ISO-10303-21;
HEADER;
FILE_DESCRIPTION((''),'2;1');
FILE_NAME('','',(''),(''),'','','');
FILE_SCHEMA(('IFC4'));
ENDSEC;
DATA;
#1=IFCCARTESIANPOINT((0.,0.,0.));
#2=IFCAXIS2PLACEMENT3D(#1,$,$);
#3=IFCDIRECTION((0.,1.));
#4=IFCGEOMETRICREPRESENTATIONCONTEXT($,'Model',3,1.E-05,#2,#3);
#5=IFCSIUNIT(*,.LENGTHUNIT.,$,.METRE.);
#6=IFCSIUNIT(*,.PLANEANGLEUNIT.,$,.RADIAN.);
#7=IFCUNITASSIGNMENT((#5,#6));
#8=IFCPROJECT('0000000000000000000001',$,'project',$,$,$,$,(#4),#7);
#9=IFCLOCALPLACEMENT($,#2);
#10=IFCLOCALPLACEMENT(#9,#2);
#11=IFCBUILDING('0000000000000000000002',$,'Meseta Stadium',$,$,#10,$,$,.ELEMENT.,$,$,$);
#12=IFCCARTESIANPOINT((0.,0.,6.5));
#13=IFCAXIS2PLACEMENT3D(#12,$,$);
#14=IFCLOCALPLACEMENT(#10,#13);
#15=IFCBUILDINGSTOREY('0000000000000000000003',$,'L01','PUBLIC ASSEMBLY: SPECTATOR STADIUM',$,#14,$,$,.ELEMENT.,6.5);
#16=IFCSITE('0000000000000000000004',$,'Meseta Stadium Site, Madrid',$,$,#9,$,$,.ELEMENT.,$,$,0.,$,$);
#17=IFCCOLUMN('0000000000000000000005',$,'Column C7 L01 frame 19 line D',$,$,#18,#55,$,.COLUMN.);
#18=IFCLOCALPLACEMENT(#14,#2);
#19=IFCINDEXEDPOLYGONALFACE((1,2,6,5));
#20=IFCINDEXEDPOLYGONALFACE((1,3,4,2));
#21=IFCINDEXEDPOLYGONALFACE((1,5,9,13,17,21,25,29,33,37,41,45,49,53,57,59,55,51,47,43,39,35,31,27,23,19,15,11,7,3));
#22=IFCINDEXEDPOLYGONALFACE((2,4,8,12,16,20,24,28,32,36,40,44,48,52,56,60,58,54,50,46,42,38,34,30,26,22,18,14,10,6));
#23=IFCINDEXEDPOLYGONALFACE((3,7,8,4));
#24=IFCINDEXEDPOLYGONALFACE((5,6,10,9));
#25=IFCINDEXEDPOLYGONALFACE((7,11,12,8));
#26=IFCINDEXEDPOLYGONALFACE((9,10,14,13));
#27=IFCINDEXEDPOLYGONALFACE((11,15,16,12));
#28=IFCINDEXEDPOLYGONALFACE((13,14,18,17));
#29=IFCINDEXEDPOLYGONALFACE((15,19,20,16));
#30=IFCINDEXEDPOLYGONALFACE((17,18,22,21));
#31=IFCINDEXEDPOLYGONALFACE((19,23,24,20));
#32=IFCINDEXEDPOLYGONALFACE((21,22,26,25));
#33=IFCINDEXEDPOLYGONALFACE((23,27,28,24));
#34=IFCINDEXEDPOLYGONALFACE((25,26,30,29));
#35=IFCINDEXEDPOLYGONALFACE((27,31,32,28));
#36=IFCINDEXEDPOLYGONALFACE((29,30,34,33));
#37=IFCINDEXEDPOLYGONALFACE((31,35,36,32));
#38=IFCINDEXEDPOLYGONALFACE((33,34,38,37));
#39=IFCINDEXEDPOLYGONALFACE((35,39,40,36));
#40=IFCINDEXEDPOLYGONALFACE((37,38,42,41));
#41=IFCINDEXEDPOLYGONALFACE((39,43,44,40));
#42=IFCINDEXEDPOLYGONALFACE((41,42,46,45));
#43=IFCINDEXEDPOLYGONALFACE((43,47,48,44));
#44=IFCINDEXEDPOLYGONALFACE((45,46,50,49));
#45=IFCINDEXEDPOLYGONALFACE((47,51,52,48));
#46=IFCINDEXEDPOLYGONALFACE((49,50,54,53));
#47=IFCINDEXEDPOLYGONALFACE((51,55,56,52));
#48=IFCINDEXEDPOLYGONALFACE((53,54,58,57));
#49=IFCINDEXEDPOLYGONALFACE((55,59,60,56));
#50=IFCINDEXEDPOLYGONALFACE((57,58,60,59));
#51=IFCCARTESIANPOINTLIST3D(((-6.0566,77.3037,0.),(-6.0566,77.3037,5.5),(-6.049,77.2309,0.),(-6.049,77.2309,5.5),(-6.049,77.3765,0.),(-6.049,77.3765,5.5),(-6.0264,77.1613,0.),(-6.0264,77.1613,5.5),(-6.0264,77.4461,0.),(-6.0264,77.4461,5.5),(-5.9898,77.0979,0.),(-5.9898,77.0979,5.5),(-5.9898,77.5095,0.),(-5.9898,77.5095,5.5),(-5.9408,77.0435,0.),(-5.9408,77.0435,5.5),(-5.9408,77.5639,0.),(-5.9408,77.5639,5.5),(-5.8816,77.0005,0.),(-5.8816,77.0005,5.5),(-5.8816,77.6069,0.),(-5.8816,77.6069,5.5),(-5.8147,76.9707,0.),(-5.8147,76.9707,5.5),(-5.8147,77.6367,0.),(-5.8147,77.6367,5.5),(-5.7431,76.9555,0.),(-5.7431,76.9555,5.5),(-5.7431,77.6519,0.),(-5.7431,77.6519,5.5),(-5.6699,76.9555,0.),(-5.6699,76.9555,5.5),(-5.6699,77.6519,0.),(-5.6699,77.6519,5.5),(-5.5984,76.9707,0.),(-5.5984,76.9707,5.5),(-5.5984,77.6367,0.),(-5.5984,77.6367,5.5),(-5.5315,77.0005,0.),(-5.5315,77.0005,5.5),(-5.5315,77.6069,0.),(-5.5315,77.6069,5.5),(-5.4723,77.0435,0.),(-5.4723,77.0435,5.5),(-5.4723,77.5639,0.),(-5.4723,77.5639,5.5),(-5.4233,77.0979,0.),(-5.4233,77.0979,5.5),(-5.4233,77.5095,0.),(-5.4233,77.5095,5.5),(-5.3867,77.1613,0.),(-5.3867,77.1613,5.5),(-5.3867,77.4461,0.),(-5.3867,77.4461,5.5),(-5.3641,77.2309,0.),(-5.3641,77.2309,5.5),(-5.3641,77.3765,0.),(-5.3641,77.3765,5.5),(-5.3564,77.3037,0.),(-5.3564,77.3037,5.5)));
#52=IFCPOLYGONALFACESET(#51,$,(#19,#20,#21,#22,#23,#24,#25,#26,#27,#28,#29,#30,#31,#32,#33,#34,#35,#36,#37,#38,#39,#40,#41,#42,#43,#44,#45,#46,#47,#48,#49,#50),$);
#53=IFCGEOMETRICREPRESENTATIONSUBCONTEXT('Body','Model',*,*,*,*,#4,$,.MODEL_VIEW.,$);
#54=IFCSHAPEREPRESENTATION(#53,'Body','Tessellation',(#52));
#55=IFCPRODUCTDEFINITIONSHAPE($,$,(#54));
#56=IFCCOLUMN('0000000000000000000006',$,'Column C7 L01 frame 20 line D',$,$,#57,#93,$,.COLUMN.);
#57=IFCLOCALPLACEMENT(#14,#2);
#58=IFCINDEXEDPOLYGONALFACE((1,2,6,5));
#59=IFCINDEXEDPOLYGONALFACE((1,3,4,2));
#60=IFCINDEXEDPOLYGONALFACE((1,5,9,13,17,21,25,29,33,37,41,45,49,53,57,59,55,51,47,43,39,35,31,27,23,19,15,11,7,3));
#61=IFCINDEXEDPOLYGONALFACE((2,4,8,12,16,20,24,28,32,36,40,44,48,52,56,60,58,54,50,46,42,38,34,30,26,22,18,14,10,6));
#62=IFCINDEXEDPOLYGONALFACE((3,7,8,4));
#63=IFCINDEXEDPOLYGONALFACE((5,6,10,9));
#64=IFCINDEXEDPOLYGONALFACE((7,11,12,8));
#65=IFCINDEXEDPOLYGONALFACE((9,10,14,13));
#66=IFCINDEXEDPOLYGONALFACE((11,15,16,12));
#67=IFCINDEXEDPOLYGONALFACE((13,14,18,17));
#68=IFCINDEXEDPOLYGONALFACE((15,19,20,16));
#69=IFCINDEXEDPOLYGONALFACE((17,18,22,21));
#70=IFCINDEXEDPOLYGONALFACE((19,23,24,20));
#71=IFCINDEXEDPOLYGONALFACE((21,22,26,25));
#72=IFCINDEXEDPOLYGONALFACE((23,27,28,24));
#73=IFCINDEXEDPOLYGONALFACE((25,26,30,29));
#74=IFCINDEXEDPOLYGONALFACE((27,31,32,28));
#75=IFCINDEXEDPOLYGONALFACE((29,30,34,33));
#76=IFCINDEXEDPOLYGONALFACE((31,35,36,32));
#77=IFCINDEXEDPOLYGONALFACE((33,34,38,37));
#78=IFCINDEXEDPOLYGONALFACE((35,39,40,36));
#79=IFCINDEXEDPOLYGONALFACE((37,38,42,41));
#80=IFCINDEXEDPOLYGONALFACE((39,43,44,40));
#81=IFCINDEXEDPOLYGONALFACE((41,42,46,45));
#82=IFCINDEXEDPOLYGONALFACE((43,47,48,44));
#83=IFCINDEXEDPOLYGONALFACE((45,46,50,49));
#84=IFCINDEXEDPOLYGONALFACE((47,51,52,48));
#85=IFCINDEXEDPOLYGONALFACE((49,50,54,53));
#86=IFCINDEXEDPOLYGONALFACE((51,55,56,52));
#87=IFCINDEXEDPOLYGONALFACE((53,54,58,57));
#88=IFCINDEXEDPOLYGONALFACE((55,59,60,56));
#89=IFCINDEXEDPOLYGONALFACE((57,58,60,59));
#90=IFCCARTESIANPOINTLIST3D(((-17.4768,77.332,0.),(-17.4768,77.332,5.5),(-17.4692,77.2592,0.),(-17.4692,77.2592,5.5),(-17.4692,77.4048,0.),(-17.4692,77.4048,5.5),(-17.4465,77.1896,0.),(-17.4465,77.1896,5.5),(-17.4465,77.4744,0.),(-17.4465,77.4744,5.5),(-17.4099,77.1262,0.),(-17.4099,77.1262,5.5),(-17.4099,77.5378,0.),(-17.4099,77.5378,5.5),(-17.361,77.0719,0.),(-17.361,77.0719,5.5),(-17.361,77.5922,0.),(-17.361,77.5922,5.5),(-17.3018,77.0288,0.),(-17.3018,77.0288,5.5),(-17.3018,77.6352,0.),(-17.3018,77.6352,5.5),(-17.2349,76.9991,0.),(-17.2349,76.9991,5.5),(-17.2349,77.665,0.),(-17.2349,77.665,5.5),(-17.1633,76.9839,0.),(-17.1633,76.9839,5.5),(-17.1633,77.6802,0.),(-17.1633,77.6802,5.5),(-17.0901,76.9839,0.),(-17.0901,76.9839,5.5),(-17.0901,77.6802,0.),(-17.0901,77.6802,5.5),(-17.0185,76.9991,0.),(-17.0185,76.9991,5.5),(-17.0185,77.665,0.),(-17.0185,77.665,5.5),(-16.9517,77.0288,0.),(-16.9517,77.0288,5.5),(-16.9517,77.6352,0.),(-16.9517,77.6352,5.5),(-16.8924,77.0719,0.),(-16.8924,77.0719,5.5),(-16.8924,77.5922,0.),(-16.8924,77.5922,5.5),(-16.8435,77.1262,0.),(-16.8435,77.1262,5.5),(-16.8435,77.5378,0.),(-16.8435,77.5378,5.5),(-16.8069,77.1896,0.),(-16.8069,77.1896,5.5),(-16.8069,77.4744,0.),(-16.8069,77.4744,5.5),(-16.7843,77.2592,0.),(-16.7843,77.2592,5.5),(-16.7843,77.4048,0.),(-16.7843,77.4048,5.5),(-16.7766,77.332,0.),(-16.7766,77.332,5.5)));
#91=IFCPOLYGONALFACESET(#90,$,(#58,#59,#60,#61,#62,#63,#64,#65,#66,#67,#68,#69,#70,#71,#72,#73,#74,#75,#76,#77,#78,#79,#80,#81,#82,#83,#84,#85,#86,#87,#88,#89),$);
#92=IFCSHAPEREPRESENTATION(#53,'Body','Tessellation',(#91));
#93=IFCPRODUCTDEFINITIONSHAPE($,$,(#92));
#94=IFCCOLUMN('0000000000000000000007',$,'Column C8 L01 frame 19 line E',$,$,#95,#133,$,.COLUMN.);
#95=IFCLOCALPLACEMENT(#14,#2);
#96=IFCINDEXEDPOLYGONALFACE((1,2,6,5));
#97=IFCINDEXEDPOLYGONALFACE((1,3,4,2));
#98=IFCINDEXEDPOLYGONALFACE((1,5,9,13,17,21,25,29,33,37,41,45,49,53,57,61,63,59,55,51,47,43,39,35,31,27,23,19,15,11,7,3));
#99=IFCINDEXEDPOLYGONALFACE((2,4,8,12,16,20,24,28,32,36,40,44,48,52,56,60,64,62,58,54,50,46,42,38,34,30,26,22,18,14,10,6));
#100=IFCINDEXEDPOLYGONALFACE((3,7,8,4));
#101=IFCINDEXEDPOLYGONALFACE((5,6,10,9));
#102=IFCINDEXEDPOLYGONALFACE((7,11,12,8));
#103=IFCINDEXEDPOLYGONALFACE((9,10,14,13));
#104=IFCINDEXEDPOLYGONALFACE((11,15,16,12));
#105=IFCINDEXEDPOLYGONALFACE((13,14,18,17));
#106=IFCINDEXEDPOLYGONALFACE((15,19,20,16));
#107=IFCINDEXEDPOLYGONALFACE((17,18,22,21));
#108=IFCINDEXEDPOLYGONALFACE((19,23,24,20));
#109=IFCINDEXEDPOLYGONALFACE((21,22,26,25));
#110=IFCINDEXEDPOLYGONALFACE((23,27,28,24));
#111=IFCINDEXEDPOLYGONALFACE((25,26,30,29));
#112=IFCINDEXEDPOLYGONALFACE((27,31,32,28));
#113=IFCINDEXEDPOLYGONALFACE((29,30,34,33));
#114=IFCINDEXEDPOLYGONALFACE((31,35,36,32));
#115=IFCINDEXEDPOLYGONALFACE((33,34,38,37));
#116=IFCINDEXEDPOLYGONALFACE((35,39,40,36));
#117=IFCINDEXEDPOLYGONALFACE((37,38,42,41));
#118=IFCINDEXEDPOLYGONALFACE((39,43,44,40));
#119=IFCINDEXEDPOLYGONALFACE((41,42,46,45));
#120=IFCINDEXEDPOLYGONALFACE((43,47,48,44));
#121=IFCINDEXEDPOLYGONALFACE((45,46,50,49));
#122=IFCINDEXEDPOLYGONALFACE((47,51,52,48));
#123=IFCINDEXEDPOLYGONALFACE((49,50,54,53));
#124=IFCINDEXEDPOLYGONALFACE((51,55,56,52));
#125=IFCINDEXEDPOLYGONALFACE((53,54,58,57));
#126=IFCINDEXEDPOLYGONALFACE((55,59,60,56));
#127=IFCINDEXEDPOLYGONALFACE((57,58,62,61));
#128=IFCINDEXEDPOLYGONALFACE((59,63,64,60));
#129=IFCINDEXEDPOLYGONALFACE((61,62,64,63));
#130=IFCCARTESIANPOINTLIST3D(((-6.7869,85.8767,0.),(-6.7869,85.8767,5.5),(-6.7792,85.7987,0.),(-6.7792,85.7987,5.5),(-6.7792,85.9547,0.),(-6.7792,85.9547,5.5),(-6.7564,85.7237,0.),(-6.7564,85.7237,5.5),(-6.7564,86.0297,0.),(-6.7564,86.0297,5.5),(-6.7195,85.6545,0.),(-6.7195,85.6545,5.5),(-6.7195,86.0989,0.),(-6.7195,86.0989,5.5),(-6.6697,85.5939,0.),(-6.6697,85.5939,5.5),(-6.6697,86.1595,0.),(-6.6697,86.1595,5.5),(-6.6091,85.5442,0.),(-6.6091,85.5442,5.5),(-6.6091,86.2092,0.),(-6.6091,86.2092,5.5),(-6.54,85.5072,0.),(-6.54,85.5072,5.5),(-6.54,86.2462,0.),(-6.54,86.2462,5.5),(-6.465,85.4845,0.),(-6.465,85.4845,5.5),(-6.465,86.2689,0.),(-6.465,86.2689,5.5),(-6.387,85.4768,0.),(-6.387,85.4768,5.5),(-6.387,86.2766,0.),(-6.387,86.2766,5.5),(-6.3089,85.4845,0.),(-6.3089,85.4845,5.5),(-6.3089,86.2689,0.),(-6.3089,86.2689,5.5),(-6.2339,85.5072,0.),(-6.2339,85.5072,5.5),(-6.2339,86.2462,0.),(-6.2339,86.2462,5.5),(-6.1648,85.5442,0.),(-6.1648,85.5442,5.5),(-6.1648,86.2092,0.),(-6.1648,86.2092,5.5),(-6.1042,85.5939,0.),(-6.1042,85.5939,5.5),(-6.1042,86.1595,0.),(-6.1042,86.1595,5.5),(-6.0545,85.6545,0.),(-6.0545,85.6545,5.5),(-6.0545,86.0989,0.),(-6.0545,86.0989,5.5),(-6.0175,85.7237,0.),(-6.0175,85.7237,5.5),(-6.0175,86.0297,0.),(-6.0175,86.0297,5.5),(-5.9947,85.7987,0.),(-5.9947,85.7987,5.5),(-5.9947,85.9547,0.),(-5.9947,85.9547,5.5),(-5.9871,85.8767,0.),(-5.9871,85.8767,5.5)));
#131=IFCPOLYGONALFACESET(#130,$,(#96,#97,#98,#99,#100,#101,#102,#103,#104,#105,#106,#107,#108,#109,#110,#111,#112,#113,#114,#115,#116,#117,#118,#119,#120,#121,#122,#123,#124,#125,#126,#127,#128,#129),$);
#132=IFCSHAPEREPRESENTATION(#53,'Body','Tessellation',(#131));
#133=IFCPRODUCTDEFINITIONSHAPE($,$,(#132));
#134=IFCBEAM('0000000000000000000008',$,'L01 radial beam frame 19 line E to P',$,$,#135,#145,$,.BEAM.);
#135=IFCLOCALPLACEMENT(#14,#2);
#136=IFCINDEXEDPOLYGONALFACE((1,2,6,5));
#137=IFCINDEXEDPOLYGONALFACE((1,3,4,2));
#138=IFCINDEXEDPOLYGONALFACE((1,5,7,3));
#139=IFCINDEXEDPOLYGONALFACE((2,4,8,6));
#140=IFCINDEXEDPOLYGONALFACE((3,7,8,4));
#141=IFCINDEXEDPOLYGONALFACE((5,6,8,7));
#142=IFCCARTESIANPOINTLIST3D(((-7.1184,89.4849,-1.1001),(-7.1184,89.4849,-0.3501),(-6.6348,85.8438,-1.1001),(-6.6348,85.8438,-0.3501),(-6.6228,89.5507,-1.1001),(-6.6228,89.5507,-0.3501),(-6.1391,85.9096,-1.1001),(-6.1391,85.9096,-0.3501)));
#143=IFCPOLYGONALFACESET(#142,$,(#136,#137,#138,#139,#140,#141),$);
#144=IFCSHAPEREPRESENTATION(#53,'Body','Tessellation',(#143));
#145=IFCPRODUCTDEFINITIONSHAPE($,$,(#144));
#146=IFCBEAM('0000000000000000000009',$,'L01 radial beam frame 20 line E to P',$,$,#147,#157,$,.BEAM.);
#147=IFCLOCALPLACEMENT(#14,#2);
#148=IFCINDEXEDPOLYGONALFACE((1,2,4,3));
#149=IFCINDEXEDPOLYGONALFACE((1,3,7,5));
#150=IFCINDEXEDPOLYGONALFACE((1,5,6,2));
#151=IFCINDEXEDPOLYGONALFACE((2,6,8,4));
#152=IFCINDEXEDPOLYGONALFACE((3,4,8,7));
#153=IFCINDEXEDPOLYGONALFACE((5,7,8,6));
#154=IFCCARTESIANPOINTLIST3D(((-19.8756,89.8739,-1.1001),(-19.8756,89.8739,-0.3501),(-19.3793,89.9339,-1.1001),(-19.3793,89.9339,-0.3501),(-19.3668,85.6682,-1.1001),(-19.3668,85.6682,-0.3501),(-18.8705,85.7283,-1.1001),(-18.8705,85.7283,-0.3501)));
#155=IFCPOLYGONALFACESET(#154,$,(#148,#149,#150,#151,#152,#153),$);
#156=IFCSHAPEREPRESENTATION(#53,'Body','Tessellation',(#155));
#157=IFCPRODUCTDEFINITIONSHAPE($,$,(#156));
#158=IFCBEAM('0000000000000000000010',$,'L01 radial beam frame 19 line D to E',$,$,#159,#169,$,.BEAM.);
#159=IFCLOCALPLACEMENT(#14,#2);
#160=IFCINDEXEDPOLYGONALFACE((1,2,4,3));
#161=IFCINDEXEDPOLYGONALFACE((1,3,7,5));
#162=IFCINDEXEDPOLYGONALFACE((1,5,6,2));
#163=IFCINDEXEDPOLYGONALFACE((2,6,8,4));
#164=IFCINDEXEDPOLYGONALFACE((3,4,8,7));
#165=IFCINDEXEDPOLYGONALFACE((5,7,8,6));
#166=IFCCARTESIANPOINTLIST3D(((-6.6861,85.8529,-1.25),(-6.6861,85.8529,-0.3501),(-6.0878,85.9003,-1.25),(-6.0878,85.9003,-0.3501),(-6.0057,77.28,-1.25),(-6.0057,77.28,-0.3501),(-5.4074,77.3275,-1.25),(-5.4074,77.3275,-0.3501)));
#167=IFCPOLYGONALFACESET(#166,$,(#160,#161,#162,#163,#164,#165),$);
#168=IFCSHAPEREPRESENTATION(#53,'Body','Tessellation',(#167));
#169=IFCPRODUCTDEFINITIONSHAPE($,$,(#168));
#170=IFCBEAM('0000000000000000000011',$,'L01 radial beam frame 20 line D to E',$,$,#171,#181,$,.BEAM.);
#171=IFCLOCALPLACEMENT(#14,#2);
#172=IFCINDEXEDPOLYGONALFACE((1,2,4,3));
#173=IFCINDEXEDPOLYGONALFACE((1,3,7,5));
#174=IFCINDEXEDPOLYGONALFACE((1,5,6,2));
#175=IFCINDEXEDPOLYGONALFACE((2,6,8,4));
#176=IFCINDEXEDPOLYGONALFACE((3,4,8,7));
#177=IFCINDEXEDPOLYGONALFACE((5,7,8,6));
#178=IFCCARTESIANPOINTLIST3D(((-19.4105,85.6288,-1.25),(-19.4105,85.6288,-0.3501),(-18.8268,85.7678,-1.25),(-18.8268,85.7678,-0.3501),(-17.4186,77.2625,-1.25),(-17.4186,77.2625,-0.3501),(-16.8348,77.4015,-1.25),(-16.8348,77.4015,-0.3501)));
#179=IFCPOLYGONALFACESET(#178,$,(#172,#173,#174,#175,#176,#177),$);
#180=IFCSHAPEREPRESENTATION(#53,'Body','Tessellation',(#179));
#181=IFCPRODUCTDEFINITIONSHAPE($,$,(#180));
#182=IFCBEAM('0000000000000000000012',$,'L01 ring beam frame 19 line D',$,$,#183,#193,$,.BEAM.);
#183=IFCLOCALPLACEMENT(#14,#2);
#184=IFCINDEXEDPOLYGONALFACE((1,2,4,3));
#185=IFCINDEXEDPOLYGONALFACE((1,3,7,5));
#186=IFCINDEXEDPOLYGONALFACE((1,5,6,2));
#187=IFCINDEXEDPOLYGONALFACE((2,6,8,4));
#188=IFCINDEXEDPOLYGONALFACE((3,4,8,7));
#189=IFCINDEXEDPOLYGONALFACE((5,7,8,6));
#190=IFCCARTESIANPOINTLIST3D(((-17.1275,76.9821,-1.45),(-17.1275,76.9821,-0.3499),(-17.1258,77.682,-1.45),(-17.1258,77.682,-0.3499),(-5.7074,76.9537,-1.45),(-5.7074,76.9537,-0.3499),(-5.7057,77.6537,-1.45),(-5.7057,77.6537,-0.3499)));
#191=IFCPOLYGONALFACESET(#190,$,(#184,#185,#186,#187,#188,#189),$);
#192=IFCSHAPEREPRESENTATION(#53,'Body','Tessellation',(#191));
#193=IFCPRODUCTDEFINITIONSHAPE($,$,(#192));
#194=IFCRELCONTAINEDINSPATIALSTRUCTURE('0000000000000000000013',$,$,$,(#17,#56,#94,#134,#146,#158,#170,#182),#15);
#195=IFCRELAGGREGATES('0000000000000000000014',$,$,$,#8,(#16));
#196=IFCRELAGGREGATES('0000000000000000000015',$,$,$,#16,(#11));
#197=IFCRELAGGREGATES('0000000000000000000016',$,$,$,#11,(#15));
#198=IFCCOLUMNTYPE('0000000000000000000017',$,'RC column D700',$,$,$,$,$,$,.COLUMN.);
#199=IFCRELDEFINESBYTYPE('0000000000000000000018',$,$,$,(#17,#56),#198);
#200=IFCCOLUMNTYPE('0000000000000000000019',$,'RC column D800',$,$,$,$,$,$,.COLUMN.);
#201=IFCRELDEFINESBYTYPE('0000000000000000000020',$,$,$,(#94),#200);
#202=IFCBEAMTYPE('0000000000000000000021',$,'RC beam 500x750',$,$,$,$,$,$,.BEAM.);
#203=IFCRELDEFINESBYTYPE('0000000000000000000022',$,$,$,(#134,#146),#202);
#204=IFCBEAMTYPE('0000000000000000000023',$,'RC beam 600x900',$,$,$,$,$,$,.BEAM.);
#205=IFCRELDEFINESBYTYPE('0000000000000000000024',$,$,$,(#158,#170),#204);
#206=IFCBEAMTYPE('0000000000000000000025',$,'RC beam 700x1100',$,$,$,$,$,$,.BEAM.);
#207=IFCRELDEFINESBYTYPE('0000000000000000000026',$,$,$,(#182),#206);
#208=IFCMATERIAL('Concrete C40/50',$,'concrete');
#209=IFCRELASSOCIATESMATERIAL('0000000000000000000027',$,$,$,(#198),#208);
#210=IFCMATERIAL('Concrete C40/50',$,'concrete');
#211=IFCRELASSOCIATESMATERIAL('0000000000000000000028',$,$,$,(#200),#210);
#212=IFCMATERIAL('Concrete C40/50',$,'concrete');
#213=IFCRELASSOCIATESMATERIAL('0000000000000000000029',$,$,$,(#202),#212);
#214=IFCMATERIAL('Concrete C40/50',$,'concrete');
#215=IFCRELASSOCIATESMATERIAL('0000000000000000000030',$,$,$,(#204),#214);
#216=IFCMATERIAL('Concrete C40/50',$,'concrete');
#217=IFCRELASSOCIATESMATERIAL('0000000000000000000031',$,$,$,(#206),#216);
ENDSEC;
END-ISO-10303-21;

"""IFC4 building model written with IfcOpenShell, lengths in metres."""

from ifc_helpers import new_model, si_unit, direction, frame, origin, origin_2d, place, context, subcontext, project, spatial, rectangle, circle, extrude, material, material_profile, profile_set, type_object, element, save


model = new_model("IFC4")

# Units and contexts
model_context = context("Model", 3, precision=1e-05, world=origin(), true_north=direction((0.0, 1.0)))
body_context = subcontext(model_context, "Body", "Model", "MODEL_VIEW")
ifc_project = project(units=[si_unit("LENGTHUNIT", "METRE"), si_unit("PLANEANGLEUNIT", "RADIAN")], contexts=[model_context])

# Site, building, storey
site_placement = place(None, origin())
site = spatial("IfcSite", under=ifc_project, at=site_placement, Name="Meseta Stadium Site, Madrid", CompositionType="ELEMENT", RefElevation=0.0)
building_placement = place(site_placement, origin())
building = spatial("IfcBuilding", under=site, at=building_placement, Name="Meseta Stadium", CompositionType="ELEMENT")
storey_placement = place(building_placement, frame((0.0, 0.0, 6.5)))
storey = spatial("IfcBuildingStorey", under=building, at=storey_placement, Name="L01", Description="PUBLIC ASSEMBLY: SPECTATOR STADIUM", CompositionType="ELEMENT", Elevation=6.5)

# Columns
ifc_material_1 = material(Name="Concrete C40/50", Category="concrete")
ifc_material_profile_1 = material_profile(ifc_material_1, circle(Radius=0.3501, at=origin_2d()), Name="RC D700")
ifc_profile_set_1 = profile_set([ifc_material_profile_1], Name="Concrete C40/50")
column_type_1 = type_object("IfcColumnType", Name="RC column D700", PredefinedType="COLUMN", material=ifc_profile_set_1)
for number, where, z_axis, x_axis, name in (
    (1, (-5.7065, 77.3037, 0.0), (0.0, 0.0, 1.0), (1.0, 0.0, 0.0), "Column C7 L01 frame 19 line D"),
    (2, (-17.1267, 77.332, 0.0), (0.0, 0.0, 1.0), (1.0, 0.0, 0.0), "Column C7 L01 frame 20 line D"),
):
    element("IfcColumn", number, at=place(storey_placement, frame(where, z_axis=z_axis, x_axis=x_axis)), inside=storey, type_object=column_type_1, Name=name, PredefinedType="COLUMN", context=body_context, shape_type="SweptSolid", body=[
        extrude(circle(Radius=0.3501, at=origin_2d()), origin(), (0.0, 0.0, 1.0), 5.5),
    ])
ifc_material_2 = material(Name="Concrete C40/50", Category="concrete")
ifc_material_profile_2 = material_profile(ifc_material_2, circle(Radius=0.3999, at=origin_2d()), Name="RC D800")
ifc_profile_set_2 = profile_set([ifc_material_profile_2], Name="Concrete C40/50")
column_type_2 = type_object("IfcColumnType", Name="RC column D800", PredefinedType="COLUMN", material=ifc_profile_set_2)
column_placement = place(storey_placement, frame((-6.387, 85.8767, 0.0), z_axis=(0.0, 0.0, 1.0), x_axis=(1.0, 0.0, 0.0)))
element("IfcColumn", 3, at=column_placement, inside=storey, type_object=column_type_2, Name="Column C8 L01 frame 19 line E", PredefinedType="COLUMN", context=body_context, shape_type="SweptSolid", body=[
    extrude(circle(Radius=0.3999, at=origin_2d()), origin(), (0.0, 0.0, 1.0), 5.5),
])

# Beams
ifc_material_3 = material(Name="Concrete C40/50", Category="concrete")
ifc_material_profile_3 = material_profile(ifc_material_3, rectangle(XDim=0.5, YDim=0.75, at=origin_2d()), Name="RC 500x750")
ifc_profile_set_3 = profile_set([ifc_material_profile_3], Name="Concrete C40/50")
beam_type_1 = type_object("IfcBeamType", Name="RC beam 500x750", PredefinedType="BEAM", material=ifc_profile_set_3)
beam_1_placement = place(storey_placement, frame((-6.387, 85.8767, -0.7251), z_axis=(-0.131672, 0.991293, 0.0), x_axis=(-0.991293, -0.131672, 0.0)))
element("IfcBeam", 4, at=beam_1_placement, inside=storey, type_object=beam_type_1, Name="L01 radial beam frame 19 line E to P", PredefinedType="BEAM", context=body_context, shape_type="SweptSolid", body=[
    extrude(rectangle(XDim=0.5, YDim=0.75, at=origin_2d()), origin(), (0.0, 0.0, 1.0), 3.6731),
])
beam_2_placement = place(storey_placement, frame((-19.1187, 85.6982, -0.7251), z_axis=(-0.120104, 0.992761, 0.0), x_axis=(-0.992761, -0.120104, 0.0)))
element("IfcBeam", 5, at=beam_2_placement, inside=storey, type_object=beam_type_1, Name="L01 radial beam frame 20 line E to P", PredefinedType="BEAM", context=body_context, shape_type="SweptSolid", body=[
    extrude(rectangle(XDim=0.5, YDim=0.75, at=origin_2d()), origin(), (0.0, 0.0, 1.0), 4.2363),
])
ifc_material_4 = material(Name="Concrete C40/50", Category="concrete")
ifc_material_profile_4 = material_profile(ifc_material_4, rectangle(XDim=0.6001, YDim=0.8999, at=origin_2d()), Name="RC 600x900")
ifc_profile_set_4 = profile_set([ifc_material_profile_4], Name="Concrete C40/50")
beam_type_2 = type_object("IfcBeamType", Name="RC beam 600x900", PredefinedType="BEAM", material=ifc_profile_set_4)
beam_3_placement = place(storey_placement, frame((-5.7065, 77.3037, -0.8), z_axis=(-0.079119, 0.996865, 0.0), x_axis=(-0.996865, -0.079119, 0.0)))
element("IfcBeam", 6, at=beam_3_placement, inside=storey, type_object=beam_type_2, Name="L01 radial beam frame 19 line D to E", PredefinedType="BEAM", context=body_context, shape_type="SweptSolid", body=[
    extrude(rectangle(XDim=0.6001, YDim=0.8999, at=origin_2d()), origin(), (0.0, 0.0, 1.0), 8.5999),
])
beam_4_placement = place(storey_placement, frame((-17.1267, 77.332, -0.8), z_axis=(-0.231619, 0.972807, 0.0), x_axis=(-0.972807, -0.231619, 0.0)))
element("IfcBeam", 7, at=beam_4_placement, inside=storey, type_object=beam_type_2, Name="L01 radial beam frame 20 line D to E", PredefinedType="BEAM", context=body_context, shape_type="SweptSolid", body=[
    extrude(rectangle(XDim=0.6001, YDim=0.8999, at=origin_2d()), origin(), (0.0, 0.0, 1.0), 8.6001),
])
ifc_material_5 = material(Name="Concrete C40/50", Category="concrete")
ifc_material_profile_5 = material_profile(ifc_material_5, rectangle(XDim=0.7, YDim=1.1001, at=origin_2d()), Name="RC 700x1100")
ifc_profile_set_5 = profile_set([ifc_material_profile_5], Name="Concrete C40/50")
beam_type_3 = type_object("IfcBeamType", Name="RC beam 700x1100", PredefinedType="BEAM", material=ifc_profile_set_5)
beam_5_placement = place(storey_placement, frame((-5.7065, 77.3037, -0.8999), z_axis=(-0.999997, 0.00248, 0.0), x_axis=(-0.00248, -0.999997, 0.0)))
element("IfcBeam", 8, at=beam_5_placement, inside=storey, type_object=beam_type_3, Name="L01 ring beam frame 19 line D", PredefinedType="BEAM", context=body_context, shape_type="SweptSolid", body=[
    extrude(rectangle(XDim=0.7, YDim=1.1001, at=origin_2d()), origin(), (0.0, 0.0, 1.0), 11.4202),
])

save(model, "model.ifc")
